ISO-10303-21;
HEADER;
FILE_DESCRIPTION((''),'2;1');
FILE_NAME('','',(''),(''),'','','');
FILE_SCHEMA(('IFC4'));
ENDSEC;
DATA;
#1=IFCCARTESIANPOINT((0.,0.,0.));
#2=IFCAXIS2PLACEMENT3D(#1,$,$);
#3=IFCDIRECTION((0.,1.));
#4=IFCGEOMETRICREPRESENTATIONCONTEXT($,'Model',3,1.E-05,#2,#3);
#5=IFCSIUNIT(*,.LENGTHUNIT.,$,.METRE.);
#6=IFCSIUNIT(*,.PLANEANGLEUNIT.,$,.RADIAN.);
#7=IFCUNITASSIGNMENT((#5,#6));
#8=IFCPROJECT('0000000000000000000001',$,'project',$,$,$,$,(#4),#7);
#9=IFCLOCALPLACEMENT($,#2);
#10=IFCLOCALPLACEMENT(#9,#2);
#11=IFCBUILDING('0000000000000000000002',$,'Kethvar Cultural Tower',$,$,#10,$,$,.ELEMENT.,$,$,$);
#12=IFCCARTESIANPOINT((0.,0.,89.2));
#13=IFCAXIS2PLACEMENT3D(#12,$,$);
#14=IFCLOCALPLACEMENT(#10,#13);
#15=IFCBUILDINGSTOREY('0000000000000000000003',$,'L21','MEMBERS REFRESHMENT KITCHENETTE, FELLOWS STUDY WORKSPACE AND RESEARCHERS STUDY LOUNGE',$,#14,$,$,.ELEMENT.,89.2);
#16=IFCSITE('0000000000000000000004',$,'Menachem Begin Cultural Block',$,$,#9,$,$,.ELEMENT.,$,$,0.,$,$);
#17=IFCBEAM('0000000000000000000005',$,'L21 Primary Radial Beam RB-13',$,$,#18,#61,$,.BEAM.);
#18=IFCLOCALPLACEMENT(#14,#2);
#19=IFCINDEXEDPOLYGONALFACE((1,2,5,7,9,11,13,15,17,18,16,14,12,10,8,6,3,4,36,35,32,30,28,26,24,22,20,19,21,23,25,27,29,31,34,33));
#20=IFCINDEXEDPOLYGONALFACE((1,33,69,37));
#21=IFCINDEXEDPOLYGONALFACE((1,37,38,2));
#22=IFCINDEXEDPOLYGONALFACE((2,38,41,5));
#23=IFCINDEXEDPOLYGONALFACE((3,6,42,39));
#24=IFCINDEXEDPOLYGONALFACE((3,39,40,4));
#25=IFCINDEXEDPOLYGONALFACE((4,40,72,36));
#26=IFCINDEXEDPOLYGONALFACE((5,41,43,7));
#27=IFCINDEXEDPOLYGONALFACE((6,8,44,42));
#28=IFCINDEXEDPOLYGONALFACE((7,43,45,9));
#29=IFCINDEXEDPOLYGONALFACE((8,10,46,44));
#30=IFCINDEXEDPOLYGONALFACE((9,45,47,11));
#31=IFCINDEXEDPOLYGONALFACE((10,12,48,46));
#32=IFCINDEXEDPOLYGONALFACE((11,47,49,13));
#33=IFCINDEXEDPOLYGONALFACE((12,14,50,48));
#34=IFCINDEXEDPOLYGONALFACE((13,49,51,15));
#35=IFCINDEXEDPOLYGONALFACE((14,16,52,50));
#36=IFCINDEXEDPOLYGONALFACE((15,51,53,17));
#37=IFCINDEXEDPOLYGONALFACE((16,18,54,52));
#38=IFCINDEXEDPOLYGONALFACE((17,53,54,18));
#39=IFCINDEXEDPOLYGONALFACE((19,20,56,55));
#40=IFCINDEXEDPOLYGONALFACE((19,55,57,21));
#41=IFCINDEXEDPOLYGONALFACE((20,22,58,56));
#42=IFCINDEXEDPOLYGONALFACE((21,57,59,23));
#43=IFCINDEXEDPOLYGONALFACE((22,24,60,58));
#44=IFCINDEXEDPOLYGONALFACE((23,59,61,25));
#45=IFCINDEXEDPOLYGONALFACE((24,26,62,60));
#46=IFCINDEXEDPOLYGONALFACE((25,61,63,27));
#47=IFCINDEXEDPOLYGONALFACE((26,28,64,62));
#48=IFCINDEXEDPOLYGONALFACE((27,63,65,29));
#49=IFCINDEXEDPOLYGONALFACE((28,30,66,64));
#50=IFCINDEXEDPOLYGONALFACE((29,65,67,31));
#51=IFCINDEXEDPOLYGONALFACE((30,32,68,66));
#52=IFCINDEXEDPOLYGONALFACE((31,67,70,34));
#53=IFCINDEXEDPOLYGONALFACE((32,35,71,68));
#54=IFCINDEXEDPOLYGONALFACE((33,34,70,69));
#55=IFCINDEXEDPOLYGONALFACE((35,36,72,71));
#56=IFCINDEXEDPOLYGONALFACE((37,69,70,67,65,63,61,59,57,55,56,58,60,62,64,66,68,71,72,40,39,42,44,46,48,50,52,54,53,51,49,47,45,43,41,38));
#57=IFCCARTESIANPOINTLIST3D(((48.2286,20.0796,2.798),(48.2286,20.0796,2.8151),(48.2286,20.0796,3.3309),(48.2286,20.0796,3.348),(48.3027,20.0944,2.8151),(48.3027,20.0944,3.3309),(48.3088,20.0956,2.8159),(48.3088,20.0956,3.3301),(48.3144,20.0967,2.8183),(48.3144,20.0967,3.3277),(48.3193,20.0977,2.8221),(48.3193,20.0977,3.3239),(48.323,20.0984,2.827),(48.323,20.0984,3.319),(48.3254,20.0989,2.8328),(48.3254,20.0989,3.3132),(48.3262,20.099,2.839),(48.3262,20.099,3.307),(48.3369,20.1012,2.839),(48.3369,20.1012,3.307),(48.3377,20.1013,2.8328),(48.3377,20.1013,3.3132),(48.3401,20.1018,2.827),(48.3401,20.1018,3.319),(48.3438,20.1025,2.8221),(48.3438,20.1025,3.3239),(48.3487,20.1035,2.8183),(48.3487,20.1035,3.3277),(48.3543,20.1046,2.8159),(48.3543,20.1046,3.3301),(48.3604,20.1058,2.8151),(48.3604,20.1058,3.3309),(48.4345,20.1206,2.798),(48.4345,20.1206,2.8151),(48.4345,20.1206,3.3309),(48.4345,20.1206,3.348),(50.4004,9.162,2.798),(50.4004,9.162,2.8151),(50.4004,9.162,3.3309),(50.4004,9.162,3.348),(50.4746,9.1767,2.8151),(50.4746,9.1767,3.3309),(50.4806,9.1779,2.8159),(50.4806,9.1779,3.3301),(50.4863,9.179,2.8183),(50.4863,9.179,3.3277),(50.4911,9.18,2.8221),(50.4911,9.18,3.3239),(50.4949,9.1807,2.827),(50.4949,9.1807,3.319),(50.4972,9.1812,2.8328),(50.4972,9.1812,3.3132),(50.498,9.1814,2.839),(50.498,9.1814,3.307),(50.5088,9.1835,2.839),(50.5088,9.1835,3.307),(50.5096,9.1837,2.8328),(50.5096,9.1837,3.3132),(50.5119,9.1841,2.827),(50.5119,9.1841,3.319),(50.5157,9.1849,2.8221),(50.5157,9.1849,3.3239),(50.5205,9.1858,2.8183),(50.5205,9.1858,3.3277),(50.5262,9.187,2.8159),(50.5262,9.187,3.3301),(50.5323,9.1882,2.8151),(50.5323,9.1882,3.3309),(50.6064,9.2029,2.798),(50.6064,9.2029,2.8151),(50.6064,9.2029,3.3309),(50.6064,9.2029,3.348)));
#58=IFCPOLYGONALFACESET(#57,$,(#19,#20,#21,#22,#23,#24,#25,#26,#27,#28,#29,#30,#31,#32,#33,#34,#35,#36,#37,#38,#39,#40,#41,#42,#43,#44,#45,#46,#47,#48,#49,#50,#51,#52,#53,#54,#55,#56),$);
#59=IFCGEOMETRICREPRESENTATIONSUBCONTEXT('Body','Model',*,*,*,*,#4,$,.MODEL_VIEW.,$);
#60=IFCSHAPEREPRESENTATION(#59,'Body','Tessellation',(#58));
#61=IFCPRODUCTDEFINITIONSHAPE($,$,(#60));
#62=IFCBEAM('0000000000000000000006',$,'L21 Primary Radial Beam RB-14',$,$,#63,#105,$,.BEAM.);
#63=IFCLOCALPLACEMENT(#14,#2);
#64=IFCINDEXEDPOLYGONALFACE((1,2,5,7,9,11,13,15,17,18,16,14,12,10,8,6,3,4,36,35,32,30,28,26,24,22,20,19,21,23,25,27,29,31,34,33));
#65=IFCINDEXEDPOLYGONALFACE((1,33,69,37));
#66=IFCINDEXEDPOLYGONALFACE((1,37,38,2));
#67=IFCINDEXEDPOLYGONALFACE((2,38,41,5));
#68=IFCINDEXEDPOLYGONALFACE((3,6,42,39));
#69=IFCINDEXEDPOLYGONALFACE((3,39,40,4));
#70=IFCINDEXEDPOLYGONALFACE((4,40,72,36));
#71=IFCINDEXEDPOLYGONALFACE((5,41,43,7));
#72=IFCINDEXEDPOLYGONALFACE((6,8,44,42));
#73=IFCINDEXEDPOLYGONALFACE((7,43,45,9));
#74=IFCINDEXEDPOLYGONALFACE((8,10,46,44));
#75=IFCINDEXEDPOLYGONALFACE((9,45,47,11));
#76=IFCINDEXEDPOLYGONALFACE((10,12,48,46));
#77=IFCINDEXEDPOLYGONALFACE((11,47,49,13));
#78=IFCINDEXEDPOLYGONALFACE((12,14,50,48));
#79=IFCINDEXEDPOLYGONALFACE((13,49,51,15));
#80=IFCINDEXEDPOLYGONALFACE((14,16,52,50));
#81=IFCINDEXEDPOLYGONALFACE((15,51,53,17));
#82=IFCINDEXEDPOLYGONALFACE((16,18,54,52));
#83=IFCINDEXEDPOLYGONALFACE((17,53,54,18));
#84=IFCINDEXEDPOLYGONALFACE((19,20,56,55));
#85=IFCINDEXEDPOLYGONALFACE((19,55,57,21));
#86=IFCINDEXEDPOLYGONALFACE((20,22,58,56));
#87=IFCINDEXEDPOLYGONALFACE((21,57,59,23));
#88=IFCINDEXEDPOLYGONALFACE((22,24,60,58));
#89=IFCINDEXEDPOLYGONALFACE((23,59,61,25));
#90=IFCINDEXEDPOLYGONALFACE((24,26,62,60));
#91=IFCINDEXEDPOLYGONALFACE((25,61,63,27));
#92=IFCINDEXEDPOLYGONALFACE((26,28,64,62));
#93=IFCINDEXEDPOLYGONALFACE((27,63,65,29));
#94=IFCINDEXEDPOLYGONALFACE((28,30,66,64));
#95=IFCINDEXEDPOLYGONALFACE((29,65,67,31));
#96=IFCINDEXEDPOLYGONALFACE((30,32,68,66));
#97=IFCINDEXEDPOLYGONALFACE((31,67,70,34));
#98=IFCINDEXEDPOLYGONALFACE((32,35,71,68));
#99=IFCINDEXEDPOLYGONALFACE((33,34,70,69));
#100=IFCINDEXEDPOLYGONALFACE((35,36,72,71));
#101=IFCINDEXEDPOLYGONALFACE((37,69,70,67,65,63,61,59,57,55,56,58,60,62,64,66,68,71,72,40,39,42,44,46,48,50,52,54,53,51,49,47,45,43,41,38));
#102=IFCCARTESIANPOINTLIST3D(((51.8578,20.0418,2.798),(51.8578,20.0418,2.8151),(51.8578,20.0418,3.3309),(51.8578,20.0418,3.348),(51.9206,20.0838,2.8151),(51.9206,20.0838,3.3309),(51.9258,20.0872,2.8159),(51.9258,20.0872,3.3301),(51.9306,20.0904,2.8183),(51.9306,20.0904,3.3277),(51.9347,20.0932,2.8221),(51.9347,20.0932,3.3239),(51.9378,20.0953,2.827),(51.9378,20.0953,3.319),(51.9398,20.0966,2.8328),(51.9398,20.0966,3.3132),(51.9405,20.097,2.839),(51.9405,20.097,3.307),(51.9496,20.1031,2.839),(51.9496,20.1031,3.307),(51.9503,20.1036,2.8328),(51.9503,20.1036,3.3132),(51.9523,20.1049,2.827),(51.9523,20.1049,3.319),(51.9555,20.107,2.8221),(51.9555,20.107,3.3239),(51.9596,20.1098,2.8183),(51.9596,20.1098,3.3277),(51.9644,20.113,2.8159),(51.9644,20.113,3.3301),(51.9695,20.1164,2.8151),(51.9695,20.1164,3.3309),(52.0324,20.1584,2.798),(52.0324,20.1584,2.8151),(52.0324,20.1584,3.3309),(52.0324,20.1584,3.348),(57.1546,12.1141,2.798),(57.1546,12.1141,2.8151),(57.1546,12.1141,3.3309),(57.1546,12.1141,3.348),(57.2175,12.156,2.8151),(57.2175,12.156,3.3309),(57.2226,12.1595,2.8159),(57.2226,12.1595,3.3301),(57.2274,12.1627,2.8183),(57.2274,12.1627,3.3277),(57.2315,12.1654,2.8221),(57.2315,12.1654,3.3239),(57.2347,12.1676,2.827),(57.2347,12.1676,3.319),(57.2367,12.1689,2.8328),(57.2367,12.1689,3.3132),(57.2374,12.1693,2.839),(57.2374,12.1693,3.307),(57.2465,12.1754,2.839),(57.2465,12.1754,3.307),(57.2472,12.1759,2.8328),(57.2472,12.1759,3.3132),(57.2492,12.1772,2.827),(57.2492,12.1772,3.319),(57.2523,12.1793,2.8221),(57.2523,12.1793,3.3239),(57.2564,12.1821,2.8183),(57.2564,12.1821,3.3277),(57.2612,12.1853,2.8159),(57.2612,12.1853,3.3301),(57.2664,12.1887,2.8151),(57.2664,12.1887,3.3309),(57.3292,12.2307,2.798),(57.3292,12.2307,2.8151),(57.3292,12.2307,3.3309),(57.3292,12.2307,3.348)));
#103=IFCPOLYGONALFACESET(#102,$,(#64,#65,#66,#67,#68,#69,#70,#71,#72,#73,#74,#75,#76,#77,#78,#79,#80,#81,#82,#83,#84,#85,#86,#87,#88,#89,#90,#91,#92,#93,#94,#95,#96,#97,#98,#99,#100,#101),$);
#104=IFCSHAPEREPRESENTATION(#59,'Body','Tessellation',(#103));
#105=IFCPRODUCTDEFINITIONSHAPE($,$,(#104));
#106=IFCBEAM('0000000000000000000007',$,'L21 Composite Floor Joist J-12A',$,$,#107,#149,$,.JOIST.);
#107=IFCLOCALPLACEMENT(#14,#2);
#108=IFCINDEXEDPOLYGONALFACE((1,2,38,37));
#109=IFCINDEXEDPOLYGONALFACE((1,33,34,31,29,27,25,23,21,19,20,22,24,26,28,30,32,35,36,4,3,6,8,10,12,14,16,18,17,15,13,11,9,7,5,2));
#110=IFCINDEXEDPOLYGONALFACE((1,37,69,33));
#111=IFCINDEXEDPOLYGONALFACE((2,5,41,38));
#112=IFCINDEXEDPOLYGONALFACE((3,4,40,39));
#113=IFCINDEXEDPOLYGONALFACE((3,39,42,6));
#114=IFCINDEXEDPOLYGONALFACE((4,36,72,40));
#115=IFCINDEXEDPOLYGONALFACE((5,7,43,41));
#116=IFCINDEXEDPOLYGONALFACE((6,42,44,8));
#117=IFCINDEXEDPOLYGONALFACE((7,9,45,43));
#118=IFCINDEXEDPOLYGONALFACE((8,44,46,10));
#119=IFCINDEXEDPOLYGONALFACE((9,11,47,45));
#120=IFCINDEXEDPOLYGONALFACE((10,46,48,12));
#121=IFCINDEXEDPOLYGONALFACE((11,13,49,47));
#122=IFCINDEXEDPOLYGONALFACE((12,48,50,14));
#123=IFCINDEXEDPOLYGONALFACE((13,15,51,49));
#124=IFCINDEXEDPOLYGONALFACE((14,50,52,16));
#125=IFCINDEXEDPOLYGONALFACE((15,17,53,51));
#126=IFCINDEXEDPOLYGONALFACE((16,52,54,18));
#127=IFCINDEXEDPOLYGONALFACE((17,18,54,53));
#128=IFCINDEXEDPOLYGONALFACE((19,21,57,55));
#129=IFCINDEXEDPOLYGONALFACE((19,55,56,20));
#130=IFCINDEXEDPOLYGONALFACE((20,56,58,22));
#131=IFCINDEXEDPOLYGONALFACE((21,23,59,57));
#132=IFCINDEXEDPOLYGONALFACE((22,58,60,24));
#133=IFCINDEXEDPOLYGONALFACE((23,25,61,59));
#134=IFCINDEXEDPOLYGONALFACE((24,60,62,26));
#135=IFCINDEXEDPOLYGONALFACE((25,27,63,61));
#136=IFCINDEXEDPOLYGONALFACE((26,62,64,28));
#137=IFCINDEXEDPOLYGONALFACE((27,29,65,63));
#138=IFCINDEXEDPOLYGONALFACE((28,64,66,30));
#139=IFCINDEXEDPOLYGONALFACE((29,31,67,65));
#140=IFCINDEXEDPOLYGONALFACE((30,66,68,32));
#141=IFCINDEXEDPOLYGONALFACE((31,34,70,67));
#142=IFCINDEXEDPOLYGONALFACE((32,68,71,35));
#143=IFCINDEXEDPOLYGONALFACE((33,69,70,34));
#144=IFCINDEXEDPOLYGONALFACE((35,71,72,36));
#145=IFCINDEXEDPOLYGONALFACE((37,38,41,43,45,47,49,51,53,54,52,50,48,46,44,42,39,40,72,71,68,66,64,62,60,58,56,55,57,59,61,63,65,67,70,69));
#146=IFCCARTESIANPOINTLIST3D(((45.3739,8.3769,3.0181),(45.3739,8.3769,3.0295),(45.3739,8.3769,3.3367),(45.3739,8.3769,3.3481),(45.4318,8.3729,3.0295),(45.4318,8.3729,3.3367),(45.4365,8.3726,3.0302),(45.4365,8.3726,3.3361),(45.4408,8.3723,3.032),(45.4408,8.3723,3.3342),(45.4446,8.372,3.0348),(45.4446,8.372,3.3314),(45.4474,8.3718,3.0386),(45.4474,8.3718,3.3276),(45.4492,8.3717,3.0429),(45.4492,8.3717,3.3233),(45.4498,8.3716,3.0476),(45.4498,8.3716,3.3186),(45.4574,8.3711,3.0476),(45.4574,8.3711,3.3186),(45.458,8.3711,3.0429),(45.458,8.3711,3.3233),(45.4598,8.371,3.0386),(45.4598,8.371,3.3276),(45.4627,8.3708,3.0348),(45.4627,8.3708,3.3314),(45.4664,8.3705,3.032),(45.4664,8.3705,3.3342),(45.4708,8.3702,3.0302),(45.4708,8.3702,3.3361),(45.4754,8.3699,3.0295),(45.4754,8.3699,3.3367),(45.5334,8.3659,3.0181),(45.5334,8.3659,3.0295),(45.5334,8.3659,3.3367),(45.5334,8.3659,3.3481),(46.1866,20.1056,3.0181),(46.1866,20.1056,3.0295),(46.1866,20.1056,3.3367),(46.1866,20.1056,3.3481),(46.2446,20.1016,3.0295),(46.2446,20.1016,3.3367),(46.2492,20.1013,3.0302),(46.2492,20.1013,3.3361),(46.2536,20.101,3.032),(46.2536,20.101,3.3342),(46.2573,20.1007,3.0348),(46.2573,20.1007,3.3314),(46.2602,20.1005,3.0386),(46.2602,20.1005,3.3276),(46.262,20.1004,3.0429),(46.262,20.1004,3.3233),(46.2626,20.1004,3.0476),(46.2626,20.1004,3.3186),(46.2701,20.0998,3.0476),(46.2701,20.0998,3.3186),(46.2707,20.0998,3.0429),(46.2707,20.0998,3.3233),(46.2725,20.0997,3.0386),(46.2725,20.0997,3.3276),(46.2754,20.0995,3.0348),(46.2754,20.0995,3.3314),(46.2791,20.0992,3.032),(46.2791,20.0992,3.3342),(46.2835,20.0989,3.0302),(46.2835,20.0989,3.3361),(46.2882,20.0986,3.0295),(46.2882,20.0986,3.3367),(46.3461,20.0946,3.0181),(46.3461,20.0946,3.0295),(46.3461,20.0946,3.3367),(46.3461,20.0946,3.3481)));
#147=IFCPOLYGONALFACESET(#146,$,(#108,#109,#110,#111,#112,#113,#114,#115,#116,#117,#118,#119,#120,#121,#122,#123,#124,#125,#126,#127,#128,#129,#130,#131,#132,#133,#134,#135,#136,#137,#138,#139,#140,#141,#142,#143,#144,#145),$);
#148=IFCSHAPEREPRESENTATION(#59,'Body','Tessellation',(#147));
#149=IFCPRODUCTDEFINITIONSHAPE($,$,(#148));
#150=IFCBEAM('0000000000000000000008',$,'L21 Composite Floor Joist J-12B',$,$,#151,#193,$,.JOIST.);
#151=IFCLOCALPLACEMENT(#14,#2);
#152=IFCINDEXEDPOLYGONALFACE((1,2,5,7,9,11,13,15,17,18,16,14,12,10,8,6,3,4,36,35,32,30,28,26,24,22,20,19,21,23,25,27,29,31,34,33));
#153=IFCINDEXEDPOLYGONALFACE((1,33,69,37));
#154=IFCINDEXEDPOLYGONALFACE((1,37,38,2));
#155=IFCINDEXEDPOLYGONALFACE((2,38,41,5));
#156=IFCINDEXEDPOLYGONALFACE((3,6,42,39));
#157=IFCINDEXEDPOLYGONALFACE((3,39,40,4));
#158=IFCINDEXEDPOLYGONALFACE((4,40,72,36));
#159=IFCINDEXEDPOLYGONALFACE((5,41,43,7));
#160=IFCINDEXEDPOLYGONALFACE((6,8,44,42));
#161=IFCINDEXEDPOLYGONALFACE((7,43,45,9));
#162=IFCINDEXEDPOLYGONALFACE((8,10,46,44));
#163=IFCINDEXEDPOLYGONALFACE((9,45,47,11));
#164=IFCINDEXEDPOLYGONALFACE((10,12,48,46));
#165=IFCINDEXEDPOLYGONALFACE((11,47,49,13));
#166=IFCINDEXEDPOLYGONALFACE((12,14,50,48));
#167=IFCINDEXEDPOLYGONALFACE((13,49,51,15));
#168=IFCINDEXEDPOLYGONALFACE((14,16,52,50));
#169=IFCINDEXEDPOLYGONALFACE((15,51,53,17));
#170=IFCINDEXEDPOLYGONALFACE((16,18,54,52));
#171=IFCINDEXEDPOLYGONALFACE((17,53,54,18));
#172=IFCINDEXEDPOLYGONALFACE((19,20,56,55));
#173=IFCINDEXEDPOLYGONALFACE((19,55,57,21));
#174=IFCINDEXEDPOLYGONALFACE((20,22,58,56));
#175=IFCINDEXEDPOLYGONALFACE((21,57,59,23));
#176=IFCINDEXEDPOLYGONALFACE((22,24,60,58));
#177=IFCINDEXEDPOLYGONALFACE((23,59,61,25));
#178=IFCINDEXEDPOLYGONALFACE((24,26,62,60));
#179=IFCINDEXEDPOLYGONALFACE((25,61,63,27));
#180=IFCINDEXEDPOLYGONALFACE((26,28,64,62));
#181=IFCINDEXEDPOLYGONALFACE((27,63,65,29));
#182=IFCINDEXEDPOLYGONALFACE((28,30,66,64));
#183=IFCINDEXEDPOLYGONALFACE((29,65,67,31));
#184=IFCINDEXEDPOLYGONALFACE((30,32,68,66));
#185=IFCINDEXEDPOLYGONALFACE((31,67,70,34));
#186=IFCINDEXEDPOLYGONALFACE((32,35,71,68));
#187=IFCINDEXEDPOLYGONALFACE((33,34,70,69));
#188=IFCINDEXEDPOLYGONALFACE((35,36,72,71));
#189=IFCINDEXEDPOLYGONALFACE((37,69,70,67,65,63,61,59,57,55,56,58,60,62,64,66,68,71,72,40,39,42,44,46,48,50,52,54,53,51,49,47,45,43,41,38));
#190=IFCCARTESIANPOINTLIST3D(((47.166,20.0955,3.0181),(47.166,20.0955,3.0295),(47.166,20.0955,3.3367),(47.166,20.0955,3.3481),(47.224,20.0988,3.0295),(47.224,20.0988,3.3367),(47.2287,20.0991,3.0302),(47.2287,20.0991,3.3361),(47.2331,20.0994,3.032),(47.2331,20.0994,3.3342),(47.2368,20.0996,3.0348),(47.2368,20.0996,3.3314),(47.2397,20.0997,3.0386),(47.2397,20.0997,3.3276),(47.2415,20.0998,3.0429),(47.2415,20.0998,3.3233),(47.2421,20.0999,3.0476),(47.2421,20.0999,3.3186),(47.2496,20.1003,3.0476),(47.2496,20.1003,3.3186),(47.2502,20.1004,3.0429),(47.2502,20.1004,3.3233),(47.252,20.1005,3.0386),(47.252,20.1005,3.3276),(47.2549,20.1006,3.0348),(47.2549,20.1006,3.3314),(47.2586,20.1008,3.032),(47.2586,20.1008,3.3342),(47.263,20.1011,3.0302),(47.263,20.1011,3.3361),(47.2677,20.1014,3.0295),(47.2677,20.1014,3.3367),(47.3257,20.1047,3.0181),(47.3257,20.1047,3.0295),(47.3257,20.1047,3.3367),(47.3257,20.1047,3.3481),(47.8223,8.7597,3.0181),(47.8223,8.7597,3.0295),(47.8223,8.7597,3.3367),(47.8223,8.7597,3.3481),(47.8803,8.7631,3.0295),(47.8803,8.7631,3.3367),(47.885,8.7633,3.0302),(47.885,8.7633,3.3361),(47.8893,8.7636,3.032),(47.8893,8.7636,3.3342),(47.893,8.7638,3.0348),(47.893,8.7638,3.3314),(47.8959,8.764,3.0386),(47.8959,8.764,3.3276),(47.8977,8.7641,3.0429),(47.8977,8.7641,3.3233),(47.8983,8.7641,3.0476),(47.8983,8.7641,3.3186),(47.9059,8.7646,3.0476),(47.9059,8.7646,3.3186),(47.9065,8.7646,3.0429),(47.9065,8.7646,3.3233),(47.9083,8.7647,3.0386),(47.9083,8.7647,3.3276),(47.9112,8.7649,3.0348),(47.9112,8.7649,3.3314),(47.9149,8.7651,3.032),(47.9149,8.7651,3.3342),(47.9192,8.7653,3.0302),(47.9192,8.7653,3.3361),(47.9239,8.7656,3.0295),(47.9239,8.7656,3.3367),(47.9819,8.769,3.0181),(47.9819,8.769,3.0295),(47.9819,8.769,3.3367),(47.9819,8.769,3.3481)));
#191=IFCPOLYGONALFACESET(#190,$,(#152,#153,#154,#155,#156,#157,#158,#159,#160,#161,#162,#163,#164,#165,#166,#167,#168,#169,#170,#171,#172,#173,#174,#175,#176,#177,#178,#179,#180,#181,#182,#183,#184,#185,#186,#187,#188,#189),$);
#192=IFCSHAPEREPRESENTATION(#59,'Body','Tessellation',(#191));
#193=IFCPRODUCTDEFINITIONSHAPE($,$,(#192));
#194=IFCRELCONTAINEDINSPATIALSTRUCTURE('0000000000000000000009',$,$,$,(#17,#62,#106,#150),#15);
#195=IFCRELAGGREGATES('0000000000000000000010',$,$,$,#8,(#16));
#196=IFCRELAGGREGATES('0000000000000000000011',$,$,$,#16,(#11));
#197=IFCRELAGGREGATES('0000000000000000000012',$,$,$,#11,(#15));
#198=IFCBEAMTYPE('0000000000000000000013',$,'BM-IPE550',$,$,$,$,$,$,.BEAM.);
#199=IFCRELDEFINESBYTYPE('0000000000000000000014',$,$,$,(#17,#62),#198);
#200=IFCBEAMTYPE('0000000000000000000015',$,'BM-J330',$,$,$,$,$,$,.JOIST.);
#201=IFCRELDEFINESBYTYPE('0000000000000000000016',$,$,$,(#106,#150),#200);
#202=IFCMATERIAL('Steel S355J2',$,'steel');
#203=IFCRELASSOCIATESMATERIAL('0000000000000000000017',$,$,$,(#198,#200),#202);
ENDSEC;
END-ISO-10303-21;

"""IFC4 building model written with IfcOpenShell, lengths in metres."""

from ifc_helpers import new_model, si_unit, direction, frame, origin, origin_2d, place, context, subcontext, project, spatial, i_section, extrude, source, transform, mapped, material, material_profile, profile_set, type_object, element, save


model = new_model("IFC4")

# Units and contexts
model_context = context("Model", 3, precision=1e-05, world=origin(), true_north=direction((0.0, 1.0)))
body_context = subcontext(model_context, "Body", "Model", "MODEL_VIEW")
ifc_project = project(units=[si_unit("LENGTHUNIT", "METRE"), si_unit("PLANEANGLEUNIT", "RADIAN")], contexts=[model_context])

# Site, building, storey
site_placement = place(None, origin())
site = spatial("IfcSite", under=ifc_project, at=site_placement, Name="Menachem Begin Cultural Block", CompositionType="ELEMENT", RefElevation=0.0)
building_placement = place(site_placement, origin())
building = spatial("IfcBuilding", under=site, at=building_placement, Name="Kethvar Cultural Tower", CompositionType="ELEMENT")
storey_placement = place(building_placement, frame((0.0, 0.0, 89.2)))
storey = spatial("IfcBuildingStorey", under=building, at=storey_placement, Name="L21", Description="MEMBERS REFRESHMENT KITCHENETTE, FELLOWS STUDY WORKSPACE AND RESEARCHERS STUDY LOUNGE", CompositionType="ELEMENT", Elevation=89.2)

# Beams
ifc_material_1 = material(Name="Steel S355J2", Category="steel")
ifc_material_profile_1 = material_profile(ifc_material_1, i_section(OverallWidth=0.21, OverallDepth=0.55, WebThickness=0.011, FlangeThickness=0.0171, FilletRadius=0.0239, at=origin_2d()), Name="Steel S355J2 — IPE550")
ifc_profile_set_1 = profile_set([ifc_material_profile_1], Name="Steel S355J2 — IPE550")
beam_type_1 = type_object("IfcBeamType", Name="BM-IPE550", PredefinedType="BEAM", material=ifc_profile_set_1)
shared_shape_1 = source(origin(), body_context, "Body", "SweptSolid", [
    extrude(i_section(OverallWidth=0.21, OverallDepth=0.55, WebThickness=0.011, FlangeThickness=0.0171, FilletRadius=0.0239, at=origin_2d()), origin(), (0.0, 0.0, 1.0), 11.1316),
])
beam_1_placement = place(storey_placement, frame((48.3315, 20.1001, 3.073), z_axis=(0.195108, -0.980782, 0.0), x_axis=(0.980782, 0.195108, 0.0)))
element("IfcBeam", 1, at=beam_1_placement, inside=storey, type_object=beam_type_1, Name="L21 Primary Radial Beam RB-13", PredefinedType="BEAM", context=body_context, shape_type="MappedRepresentation", body=[
    mapped(shared_shape_1, transform((0.0, 0.0, 0.0), scale=1.0)),
])
shared_shape_2 = source(origin(), body_context, "Body", "SweptSolid", [
    extrude(i_section(OverallWidth=0.21, OverallDepth=0.55, WebThickness=0.011, FlangeThickness=0.0171, FilletRadius=0.0239, at=origin_2d()), origin(), (0.0, 0.0, 1.0), 9.5344),
])
beam_2_placement = place(storey_placement, frame((51.9451, 20.1001, 3.073), z_axis=(0.555551, -0.831483, 0.0), x_axis=(0.831483, 0.555551, 0.0)))
element("IfcBeam", 2, at=beam_2_placement, inside=storey, type_object=beam_type_1, Name="L21 Primary Radial Beam RB-14", PredefinedType="BEAM", context=body_context, shape_type="MappedRepresentation", body=[
    mapped(shared_shape_2, transform((0.0, 0.0, 0.0), scale=1.0)),
])
ifc_material_profile_2 = material_profile(ifc_material_1, i_section(OverallWidth=0.1599, OverallDepth=0.3301, WebThickness=0.0076, FlangeThickness=0.0115, FilletRadius=0.0181, at=origin_2d()), Name="Steel S355J2 — IPE330")
ifc_profile_set_2 = profile_set([ifc_material_profile_2], Name="Steel S355J2 — IPE330")
beam_type_2 = type_object("IfcBeamType", Name="BM-J330", PredefinedType="JOIST", material=ifc_profile_set_2)
shared_shape_3 = source(origin(), body_context, "Body", "SweptSolid", [
    extrude(i_section(OverallWidth=0.1599, OverallDepth=0.3301, WebThickness=0.0076, FlangeThickness=0.0115, FilletRadius=0.0181, at=origin_2d()), origin(), (0.0, 0.0, 1.0), 11.7568),
])
beam_3_placement = place(storey_placement, frame((46.2664, 20.1001, 3.1831), z_axis=(-0.069129, -0.997608, 0.0), x_axis=(0.997608, -0.069129, 0.0)))
element("IfcBeam", 3, at=beam_3_placement, inside=storey, type_object=beam_type_2, Name="L21 Composite Floor Joist J-12A", PredefinedType="JOIST", context=body_context, shape_type="MappedRepresentation", body=[
    mapped(shared_shape_3, transform((0.0, 0.0, 0.0), scale=1.0)),
])
shared_shape_4 = source(origin(), body_context, "Body", "SweptSolid", [
    extrude(i_section(OverallWidth=0.1599, OverallDepth=0.3301, WebThickness=0.0076, FlangeThickness=0.0115, FilletRadius=0.0181, at=origin_2d()), origin(), (0.0, 0.0, 1.0), 11.3547),
])
beam_4_placement = place(storey_placement, frame((47.2458, 20.1001, 3.1831), z_axis=(0.057796, -0.998328, 0.0), x_axis=(0.998328, 0.057796, 0.0)))
element("IfcBeam", 4, at=beam_4_placement, inside=storey, type_object=beam_type_2, Name="L21 Composite Floor Joist J-12B", PredefinedType="JOIST", context=body_context, shape_type="MappedRepresentation", body=[
    mapped(shared_shape_4, transform((0.0, 0.0, 0.0), scale=1.0)),
])

save(model, "model.ifc")
